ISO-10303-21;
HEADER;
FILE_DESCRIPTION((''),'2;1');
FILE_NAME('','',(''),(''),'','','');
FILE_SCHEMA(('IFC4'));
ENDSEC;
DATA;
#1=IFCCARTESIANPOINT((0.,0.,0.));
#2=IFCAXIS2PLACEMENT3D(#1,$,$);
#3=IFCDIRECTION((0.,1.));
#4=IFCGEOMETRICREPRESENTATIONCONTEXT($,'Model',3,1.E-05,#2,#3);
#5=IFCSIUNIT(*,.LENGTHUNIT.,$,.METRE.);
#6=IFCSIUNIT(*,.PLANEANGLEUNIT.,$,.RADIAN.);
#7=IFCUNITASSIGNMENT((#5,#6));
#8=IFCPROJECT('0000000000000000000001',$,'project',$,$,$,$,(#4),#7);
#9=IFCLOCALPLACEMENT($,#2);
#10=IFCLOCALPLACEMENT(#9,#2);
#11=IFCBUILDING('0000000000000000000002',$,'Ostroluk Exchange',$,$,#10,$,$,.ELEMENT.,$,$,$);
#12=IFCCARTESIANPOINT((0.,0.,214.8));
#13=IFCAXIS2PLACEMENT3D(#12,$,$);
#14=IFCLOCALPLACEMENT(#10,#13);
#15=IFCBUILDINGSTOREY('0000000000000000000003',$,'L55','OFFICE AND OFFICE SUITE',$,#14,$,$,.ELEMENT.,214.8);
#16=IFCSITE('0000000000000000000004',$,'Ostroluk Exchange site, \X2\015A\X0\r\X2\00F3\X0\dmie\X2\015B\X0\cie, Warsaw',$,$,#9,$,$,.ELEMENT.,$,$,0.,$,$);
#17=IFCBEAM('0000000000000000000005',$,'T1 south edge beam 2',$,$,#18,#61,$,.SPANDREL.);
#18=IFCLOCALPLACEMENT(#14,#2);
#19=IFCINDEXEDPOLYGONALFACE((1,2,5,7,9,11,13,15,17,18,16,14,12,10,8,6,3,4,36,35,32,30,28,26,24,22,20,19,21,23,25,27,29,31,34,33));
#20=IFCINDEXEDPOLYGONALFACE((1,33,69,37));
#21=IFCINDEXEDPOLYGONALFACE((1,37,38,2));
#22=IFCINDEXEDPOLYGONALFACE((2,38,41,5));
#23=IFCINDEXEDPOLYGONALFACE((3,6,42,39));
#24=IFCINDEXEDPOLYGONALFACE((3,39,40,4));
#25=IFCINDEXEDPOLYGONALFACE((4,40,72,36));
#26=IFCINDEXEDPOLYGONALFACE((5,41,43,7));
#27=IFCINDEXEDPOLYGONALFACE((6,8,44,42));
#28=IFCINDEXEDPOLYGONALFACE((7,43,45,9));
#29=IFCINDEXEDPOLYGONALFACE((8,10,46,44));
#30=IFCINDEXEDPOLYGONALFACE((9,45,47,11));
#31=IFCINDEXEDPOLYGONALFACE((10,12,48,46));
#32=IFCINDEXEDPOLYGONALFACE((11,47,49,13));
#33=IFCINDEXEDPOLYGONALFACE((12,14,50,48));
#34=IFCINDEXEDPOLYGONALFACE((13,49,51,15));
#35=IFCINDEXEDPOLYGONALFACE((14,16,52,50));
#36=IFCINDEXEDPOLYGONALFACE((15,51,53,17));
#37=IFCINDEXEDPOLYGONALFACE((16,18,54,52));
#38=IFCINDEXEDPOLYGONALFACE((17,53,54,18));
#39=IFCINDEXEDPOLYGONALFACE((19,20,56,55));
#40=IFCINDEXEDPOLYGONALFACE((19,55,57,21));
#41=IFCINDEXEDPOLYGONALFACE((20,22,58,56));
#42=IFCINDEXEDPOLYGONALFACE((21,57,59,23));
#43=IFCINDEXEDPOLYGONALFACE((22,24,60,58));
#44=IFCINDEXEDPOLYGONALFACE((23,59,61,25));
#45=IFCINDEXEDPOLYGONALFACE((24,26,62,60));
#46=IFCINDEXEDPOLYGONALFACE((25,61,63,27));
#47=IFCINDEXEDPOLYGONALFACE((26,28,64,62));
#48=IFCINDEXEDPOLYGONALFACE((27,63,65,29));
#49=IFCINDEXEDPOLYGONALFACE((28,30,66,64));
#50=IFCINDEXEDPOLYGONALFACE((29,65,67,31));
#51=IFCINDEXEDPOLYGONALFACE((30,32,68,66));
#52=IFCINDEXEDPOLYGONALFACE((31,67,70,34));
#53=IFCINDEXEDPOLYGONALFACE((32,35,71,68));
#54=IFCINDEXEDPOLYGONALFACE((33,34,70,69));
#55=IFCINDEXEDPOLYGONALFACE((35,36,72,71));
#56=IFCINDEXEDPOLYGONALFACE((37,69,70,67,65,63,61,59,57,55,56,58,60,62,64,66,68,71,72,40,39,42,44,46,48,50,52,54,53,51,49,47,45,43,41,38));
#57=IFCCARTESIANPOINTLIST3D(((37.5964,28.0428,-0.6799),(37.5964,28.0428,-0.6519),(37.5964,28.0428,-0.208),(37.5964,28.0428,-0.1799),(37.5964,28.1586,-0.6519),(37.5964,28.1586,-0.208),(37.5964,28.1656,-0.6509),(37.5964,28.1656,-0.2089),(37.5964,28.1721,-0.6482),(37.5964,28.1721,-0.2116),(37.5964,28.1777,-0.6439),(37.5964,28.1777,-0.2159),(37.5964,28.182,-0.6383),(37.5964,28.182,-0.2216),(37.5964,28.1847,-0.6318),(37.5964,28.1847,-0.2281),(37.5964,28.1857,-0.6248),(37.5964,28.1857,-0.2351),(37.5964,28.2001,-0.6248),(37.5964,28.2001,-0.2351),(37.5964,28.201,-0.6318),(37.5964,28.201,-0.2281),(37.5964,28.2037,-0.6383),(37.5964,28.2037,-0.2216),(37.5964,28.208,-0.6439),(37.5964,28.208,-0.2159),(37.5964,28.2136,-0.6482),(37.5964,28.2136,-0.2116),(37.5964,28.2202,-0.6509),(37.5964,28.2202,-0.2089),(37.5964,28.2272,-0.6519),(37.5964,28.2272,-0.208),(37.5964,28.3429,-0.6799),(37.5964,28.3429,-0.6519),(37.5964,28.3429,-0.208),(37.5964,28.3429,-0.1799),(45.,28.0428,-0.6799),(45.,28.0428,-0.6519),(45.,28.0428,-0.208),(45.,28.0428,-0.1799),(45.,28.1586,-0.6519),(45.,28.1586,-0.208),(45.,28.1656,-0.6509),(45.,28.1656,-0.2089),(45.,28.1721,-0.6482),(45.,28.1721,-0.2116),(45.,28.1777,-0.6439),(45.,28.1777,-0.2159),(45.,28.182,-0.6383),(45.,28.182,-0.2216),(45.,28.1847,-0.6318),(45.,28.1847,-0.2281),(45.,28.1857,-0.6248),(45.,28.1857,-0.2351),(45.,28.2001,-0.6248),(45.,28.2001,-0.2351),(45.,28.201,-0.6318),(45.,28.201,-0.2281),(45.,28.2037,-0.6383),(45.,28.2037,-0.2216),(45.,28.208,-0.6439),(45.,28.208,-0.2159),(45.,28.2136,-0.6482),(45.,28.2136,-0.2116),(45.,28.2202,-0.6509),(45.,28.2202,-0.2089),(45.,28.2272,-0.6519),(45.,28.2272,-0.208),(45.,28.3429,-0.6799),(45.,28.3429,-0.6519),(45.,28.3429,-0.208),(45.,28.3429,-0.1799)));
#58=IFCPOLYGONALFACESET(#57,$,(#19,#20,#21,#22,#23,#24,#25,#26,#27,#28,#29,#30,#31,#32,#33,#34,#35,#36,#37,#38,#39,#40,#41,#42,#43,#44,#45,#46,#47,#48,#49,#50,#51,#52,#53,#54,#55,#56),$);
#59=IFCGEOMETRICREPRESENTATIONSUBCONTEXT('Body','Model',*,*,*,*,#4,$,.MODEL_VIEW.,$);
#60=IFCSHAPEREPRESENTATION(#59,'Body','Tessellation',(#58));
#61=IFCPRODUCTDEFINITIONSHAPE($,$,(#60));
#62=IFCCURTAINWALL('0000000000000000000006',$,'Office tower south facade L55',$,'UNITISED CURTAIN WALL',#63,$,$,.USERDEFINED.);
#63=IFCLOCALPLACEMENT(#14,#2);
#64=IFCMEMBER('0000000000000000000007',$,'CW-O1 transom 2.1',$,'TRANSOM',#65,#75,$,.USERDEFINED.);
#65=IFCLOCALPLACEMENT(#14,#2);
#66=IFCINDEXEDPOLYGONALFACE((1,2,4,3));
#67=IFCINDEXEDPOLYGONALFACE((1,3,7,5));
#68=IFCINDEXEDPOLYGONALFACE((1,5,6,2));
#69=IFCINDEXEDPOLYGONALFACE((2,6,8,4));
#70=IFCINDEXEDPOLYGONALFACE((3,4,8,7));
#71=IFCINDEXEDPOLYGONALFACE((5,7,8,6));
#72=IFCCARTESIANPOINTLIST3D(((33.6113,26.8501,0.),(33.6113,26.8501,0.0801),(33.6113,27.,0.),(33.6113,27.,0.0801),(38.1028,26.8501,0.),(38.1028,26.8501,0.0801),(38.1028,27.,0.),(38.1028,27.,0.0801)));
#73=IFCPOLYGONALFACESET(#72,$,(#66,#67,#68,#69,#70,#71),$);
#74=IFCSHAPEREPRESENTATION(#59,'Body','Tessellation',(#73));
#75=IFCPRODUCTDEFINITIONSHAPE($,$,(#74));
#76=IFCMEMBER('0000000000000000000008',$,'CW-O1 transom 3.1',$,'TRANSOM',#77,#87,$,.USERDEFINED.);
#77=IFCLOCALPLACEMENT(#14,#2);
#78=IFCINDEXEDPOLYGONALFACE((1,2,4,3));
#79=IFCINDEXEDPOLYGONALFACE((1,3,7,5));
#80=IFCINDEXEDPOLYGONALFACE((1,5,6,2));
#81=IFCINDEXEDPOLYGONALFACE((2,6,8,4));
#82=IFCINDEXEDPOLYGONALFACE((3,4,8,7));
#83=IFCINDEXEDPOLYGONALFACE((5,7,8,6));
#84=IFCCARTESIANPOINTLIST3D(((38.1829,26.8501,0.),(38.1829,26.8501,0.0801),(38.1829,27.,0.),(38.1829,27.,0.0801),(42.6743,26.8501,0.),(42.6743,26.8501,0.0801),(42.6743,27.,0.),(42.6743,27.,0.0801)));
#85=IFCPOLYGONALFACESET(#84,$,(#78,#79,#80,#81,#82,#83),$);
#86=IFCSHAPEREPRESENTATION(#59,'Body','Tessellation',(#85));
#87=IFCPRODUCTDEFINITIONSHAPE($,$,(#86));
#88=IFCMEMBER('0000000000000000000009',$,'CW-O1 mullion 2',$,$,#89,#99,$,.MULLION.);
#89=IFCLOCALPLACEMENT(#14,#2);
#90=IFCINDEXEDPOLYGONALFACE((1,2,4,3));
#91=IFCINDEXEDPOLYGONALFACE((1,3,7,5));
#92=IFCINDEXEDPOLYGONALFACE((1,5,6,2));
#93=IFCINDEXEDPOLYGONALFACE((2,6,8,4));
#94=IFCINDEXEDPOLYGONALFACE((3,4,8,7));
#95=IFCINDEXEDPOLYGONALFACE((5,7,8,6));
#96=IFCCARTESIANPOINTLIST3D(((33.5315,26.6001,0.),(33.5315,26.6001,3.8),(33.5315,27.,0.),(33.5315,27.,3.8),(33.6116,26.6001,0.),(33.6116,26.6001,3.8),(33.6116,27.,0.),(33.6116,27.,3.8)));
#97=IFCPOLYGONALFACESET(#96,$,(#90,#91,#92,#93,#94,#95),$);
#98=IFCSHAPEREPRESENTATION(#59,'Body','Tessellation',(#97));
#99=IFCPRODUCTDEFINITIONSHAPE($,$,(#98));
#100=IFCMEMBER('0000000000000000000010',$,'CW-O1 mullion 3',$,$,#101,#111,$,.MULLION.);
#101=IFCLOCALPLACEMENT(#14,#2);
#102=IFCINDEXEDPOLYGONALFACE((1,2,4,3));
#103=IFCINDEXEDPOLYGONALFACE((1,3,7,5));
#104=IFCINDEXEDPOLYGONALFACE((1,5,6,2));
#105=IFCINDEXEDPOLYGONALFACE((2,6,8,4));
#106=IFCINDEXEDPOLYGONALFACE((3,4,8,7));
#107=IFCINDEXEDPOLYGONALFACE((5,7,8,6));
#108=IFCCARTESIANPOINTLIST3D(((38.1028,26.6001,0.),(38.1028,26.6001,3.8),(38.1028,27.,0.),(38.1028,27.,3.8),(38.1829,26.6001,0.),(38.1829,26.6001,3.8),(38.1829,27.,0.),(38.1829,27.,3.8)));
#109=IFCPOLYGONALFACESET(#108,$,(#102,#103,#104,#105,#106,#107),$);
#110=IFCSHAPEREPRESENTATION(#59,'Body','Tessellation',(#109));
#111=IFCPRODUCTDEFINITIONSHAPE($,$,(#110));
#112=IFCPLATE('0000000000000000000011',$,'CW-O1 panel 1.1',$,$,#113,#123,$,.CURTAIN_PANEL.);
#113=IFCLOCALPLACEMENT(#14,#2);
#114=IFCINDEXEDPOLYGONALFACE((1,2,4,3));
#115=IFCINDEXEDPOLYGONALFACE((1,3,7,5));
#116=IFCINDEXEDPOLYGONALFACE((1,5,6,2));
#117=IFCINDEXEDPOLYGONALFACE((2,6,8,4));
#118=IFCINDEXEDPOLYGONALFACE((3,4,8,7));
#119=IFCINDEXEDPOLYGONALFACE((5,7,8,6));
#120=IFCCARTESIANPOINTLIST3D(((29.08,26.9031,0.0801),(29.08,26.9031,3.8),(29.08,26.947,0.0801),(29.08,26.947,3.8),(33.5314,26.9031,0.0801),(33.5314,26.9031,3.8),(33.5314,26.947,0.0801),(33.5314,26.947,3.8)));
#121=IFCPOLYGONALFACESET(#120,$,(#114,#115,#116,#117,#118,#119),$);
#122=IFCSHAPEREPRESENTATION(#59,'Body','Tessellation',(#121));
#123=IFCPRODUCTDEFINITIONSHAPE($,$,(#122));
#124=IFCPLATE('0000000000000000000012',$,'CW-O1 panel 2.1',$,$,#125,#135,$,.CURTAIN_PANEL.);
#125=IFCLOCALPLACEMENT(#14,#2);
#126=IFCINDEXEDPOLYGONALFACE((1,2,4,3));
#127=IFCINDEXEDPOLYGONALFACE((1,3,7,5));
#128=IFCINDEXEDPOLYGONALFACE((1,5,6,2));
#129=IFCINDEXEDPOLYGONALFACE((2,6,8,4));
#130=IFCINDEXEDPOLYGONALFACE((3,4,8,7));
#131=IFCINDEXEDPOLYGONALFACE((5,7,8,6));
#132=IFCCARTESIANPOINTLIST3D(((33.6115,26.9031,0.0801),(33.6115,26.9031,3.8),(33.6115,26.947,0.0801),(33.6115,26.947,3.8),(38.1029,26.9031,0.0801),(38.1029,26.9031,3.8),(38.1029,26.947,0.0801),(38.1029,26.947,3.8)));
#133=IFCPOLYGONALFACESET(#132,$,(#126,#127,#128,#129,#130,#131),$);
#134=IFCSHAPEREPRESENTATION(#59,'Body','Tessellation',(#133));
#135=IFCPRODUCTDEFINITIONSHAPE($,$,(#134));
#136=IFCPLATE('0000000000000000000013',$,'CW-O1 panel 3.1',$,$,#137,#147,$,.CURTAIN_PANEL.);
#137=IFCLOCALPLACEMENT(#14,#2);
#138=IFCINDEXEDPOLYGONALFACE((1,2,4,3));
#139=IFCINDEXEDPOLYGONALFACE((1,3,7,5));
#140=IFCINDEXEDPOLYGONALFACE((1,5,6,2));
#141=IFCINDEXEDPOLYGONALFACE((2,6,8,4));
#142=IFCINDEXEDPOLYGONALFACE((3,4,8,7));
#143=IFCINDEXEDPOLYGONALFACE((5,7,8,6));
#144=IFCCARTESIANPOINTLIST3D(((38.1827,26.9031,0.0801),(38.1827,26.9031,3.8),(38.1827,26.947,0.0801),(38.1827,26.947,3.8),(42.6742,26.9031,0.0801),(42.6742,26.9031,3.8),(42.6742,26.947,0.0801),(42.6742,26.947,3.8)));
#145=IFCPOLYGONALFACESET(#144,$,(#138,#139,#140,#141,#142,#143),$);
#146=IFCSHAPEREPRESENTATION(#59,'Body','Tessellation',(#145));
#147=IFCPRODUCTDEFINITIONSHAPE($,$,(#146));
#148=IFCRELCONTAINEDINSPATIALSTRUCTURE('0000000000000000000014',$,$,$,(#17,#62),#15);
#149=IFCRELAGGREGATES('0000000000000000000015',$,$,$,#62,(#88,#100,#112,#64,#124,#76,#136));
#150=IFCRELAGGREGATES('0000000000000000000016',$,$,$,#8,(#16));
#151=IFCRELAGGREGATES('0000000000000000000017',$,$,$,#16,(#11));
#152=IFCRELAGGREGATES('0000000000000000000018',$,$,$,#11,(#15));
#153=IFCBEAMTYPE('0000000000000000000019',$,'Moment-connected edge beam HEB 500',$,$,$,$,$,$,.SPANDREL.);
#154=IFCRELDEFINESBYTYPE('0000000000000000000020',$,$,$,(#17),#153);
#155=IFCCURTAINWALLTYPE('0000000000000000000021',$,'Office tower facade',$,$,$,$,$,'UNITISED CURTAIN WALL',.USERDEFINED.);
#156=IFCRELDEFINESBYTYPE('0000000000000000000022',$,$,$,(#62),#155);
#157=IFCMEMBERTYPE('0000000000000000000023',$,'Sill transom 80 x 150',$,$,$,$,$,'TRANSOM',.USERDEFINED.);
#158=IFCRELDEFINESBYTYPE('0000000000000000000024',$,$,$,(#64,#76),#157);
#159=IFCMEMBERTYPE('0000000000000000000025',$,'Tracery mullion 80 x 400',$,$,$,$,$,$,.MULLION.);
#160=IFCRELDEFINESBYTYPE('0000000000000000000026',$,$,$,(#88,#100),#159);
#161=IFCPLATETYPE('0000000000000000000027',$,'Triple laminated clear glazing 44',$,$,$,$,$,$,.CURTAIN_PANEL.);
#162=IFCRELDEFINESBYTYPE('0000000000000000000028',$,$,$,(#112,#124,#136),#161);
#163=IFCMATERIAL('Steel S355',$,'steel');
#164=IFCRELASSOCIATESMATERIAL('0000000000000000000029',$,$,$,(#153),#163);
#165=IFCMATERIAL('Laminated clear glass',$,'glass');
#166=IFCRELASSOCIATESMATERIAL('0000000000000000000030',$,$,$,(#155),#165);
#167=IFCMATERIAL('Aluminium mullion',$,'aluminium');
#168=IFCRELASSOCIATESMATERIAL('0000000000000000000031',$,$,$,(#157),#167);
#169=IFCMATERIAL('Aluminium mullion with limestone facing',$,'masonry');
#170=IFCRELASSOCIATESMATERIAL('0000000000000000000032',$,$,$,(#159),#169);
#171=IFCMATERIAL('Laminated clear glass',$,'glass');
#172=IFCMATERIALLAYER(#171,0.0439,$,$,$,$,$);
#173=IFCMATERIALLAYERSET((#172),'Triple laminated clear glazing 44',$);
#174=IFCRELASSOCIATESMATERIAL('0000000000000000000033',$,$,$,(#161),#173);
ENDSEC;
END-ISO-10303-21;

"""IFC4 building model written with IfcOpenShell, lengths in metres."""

from ifc_helpers import new_model, si_unit, direction, frame, origin, origin_2d, place, context, subcontext, project, spatial, rectangle, i_section, extrude, material, layer, layer_set, material_profile, profile_set, type_object, element, aggregate, save


model = new_model("IFC4")

# Units and contexts
model_context = context("Model", 3, precision=1e-05, world=origin(), true_north=direction((0.0, 1.0)))
body_context = subcontext(model_context, "Body", "Model", "MODEL_VIEW")
ifc_project = project(units=[si_unit("LENGTHUNIT", "METRE"), si_unit("PLANEANGLEUNIT", "RADIAN")], contexts=[model_context])

# Site, building, storey
site_placement = place(None, origin())
site = spatial("IfcSite", under=ifc_project, at=site_placement, Name="Ostroluk Exchange site, Śródmieście, Warsaw", CompositionType="ELEMENT", RefElevation=0.0)
building_placement = place(site_placement, origin())
building = spatial("IfcBuilding", under=site, at=building_placement, Name="Ostroluk Exchange", CompositionType="ELEMENT")
storey_placement = place(building_placement, frame((0.0, 0.0, 214.8)))
storey = spatial("IfcBuildingStorey", under=building, at=storey_placement, Name="L55", Description="OFFICE AND OFFICE SUITE", CompositionType="ELEMENT", Elevation=214.8)

# Beam
ifc_material_1 = material(Name="Steel S355", Category="steel")
ifc_material_profile_1 = material_profile(ifc_material_1, i_section(OverallWidth=0.3, OverallDepth=0.5, WebThickness=0.0144, FlangeThickness=0.0281, FilletRadius=0.0271, at=origin_2d()), Name="HEB 500")
ifc_profile_set_1 = profile_set([ifc_material_profile_1], Name="Steel S355")
beam_type_1 = type_object("IfcBeamType", Name="Moment-connected edge beam HEB 500", PredefinedType="SPANDREL", material=ifc_profile_set_1)
for number, where, z_axis, x_axis, name in (
    (1, (37.5964, 28.1929, -0.4299), (1.0, 0.0, 0.0), (0.0, 1.0, 0.0), "T1 south edge beam 2"),
):
    element("IfcBeam", number, at=place(storey_placement, frame(where, z_axis=z_axis, x_axis=x_axis)), inside=storey, type_object=beam_type_1, Name=name, PredefinedType="SPANDREL", context=body_context, shape_type="SweptSolid", body=[
        extrude(i_section(OverallWidth=0.3, OverallDepth=0.5, WebThickness=0.0144, FlangeThickness=0.0281, FilletRadius=0.0271, at=origin_2d()), origin(), (0.0, 0.0, 1.0), 7.4036),
    ])

# Curtain wall, members, plates
ifc_material_2 = material(Name="Laminated clear glass", Category="glass")
curtain_wall_type = type_object("IfcCurtainWallType", Name="Office tower facade", ElementType="UNITISED CURTAIN WALL", PredefinedType="USERDEFINED", material=ifc_material_2)
curtain_wall_placement = place(storey_placement, origin())
curtain_wall = element("IfcCurtainWall", 2, at=curtain_wall_placement, inside=storey, type_object=curtain_wall_type, Name="Office tower south facade L55", ObjectType="UNITISED CURTAIN WALL", PredefinedType="USERDEFINED")
ifc_material_3 = material(Name="Aluminium mullion", Category="aluminium")
ifc_material_profile_2 = material_profile(ifc_material_3, rectangle(XDim=0.1499, YDim=0.0801, at=origin_2d()), Name="Sill transom 80 x 150")
ifc_profile_set_2 = profile_set([ifc_material_profile_2], Name="Aluminium mullion")
member_type_1 = type_object("IfcMemberType", Name="Sill transom 80 x 150", ElementType="TRANSOM", PredefinedType="USERDEFINED", material=ifc_profile_set_2)
member_1_placement = place(storey_placement, frame((33.6113, 26.925, 0.04), z_axis=(1.0, 0.0, 0.0), x_axis=(0.0, 1.0, 0.0)))
member_1 = element("IfcMember", 3, at=member_1_placement, type_object=member_type_1, Name="CW-O1 transom 2.1", ObjectType="TRANSOM", PredefinedType="USERDEFINED", context=body_context, shape_type="SweptSolid", body=[
    extrude(rectangle(XDim=0.1499, YDim=0.0801, at=origin_2d()), origin(), (0.0, 0.0, 1.0), 4.4915),
])
member_2_placement = place(storey_placement, frame((38.1829, 26.925, 0.04), z_axis=(1.0, 0.0, 0.0), x_axis=(0.0, 1.0, 0.0)))
member_2 = element("IfcMember", 4, at=member_2_placement, type_object=member_type_1, Name="CW-O1 transom 3.1", ObjectType="TRANSOM", PredefinedType="USERDEFINED", context=body_context, shape_type="SweptSolid", body=[
    extrude(rectangle(XDim=0.1499, YDim=0.0801, at=origin_2d()), origin(), (0.0, 0.0, 1.0), 4.4915),
])
ifc_material_4 = material(Name="Aluminium mullion with limestone facing", Category="masonry")
ifc_material_profile_3 = material_profile(ifc_material_4, rectangle(XDim=0.3999, YDim=0.0801, at=origin_2d()), Name="Tracery mullion 80 x 400")
ifc_profile_set_3 = profile_set([ifc_material_profile_3], Name="Aluminium mullion with limestone facing")
member_type_2 = type_object("IfcMemberType", Name="Tracery mullion 80 x 400", PredefinedType="MULLION", material=ifc_profile_set_3)
member_3_placement = place(storey_placement, frame((33.5715, 26.8, 0.0), z_axis=(0.0, 0.0, 1.0), x_axis=(0.0, 1.0, 0.0)))
member_3 = element("IfcMember", 5, at=member_3_placement, type_object=member_type_2, Name="CW-O1 mullion 2", PredefinedType="MULLION", context=body_context, shape_type="SweptSolid", body=[
    extrude(rectangle(XDim=0.3999, YDim=0.0801, at=origin_2d()), origin(), (0.0, 0.0, 1.0), 3.8),
])
member_4_placement = place(storey_placement, frame((38.1428, 26.8, 0.0), z_axis=(0.0, 0.0, 1.0), x_axis=(0.0, 1.0, 0.0)))
member_4 = element("IfcMember", 6, at=member_4_placement, type_object=member_type_2, Name="CW-O1 mullion 3", PredefinedType="MULLION", context=body_context, shape_type="SweptSolid", body=[
    extrude(rectangle(XDim=0.3999, YDim=0.0801, at=origin_2d()), origin(), (0.0, 0.0, 1.0), 3.8),
])
ifc_material_5 = material(Name="Laminated clear glass", Category="glass")
ifc_layer_1 = layer(ifc_material_5, 0.0439)
ifc_layer_set_1 = layer_set([ifc_layer_1], Name="Triple laminated clear glazing 44")
plate_type = type_object("IfcPlateType", Name="Triple laminated clear glazing 44", PredefinedType="CURTAIN_PANEL", material=ifc_layer_set_1)
plate_1_placement = place(storey_placement, frame((31.3057, 26.925, 0.0801), z_axis=(0.0, 0.0, 1.0), x_axis=(1.0, 0.0, 0.0)))
plate_1 = element("IfcPlate", 7, at=plate_1_placement, type_object=plate_type, Name="CW-O1 panel 1.1", PredefinedType="CURTAIN_PANEL", context=body_context, shape_type="SweptSolid", body=[
    extrude(rectangle(XDim=4.4514, YDim=0.0439, at=origin_2d()), origin(), (0.0, 0.0, 1.0), 3.72),
])
plate_2_placement = place(storey_placement, frame((35.8572, 26.925, 0.0801), z_axis=(0.0, 0.0, 1.0), x_axis=(1.0, 0.0, 0.0)))
plate_2 = element("IfcPlate", 8, at=plate_2_placement, type_object=plate_type, Name="CW-O1 panel 2.1", PredefinedType="CURTAIN_PANEL", context=body_context, shape_type="SweptSolid", body=[
    extrude(rectangle(XDim=4.4915, YDim=0.0439, at=origin_2d()), origin(), (0.0, 0.0, 1.0), 3.72),
])
plate_3_placement = place(storey_placement, frame((40.4285, 26.925, 0.0801), z_axis=(0.0, 0.0, 1.0), x_axis=(1.0, 0.0, 0.0)))
plate_3 = element("IfcPlate", 9, at=plate_3_placement, type_object=plate_type, Name="CW-O1 panel 3.1", PredefinedType="CURTAIN_PANEL", context=body_context, shape_type="SweptSolid", body=[
    extrude(rectangle(XDim=4.4915, YDim=0.0439, at=origin_2d()), origin(), (0.0, 0.0, 1.0), 3.72),
])
aggregate(curtain_wall, [member_3, member_4, plate_1, member_1, plate_2, member_2, plate_3])

save(model, "model.ifc")
